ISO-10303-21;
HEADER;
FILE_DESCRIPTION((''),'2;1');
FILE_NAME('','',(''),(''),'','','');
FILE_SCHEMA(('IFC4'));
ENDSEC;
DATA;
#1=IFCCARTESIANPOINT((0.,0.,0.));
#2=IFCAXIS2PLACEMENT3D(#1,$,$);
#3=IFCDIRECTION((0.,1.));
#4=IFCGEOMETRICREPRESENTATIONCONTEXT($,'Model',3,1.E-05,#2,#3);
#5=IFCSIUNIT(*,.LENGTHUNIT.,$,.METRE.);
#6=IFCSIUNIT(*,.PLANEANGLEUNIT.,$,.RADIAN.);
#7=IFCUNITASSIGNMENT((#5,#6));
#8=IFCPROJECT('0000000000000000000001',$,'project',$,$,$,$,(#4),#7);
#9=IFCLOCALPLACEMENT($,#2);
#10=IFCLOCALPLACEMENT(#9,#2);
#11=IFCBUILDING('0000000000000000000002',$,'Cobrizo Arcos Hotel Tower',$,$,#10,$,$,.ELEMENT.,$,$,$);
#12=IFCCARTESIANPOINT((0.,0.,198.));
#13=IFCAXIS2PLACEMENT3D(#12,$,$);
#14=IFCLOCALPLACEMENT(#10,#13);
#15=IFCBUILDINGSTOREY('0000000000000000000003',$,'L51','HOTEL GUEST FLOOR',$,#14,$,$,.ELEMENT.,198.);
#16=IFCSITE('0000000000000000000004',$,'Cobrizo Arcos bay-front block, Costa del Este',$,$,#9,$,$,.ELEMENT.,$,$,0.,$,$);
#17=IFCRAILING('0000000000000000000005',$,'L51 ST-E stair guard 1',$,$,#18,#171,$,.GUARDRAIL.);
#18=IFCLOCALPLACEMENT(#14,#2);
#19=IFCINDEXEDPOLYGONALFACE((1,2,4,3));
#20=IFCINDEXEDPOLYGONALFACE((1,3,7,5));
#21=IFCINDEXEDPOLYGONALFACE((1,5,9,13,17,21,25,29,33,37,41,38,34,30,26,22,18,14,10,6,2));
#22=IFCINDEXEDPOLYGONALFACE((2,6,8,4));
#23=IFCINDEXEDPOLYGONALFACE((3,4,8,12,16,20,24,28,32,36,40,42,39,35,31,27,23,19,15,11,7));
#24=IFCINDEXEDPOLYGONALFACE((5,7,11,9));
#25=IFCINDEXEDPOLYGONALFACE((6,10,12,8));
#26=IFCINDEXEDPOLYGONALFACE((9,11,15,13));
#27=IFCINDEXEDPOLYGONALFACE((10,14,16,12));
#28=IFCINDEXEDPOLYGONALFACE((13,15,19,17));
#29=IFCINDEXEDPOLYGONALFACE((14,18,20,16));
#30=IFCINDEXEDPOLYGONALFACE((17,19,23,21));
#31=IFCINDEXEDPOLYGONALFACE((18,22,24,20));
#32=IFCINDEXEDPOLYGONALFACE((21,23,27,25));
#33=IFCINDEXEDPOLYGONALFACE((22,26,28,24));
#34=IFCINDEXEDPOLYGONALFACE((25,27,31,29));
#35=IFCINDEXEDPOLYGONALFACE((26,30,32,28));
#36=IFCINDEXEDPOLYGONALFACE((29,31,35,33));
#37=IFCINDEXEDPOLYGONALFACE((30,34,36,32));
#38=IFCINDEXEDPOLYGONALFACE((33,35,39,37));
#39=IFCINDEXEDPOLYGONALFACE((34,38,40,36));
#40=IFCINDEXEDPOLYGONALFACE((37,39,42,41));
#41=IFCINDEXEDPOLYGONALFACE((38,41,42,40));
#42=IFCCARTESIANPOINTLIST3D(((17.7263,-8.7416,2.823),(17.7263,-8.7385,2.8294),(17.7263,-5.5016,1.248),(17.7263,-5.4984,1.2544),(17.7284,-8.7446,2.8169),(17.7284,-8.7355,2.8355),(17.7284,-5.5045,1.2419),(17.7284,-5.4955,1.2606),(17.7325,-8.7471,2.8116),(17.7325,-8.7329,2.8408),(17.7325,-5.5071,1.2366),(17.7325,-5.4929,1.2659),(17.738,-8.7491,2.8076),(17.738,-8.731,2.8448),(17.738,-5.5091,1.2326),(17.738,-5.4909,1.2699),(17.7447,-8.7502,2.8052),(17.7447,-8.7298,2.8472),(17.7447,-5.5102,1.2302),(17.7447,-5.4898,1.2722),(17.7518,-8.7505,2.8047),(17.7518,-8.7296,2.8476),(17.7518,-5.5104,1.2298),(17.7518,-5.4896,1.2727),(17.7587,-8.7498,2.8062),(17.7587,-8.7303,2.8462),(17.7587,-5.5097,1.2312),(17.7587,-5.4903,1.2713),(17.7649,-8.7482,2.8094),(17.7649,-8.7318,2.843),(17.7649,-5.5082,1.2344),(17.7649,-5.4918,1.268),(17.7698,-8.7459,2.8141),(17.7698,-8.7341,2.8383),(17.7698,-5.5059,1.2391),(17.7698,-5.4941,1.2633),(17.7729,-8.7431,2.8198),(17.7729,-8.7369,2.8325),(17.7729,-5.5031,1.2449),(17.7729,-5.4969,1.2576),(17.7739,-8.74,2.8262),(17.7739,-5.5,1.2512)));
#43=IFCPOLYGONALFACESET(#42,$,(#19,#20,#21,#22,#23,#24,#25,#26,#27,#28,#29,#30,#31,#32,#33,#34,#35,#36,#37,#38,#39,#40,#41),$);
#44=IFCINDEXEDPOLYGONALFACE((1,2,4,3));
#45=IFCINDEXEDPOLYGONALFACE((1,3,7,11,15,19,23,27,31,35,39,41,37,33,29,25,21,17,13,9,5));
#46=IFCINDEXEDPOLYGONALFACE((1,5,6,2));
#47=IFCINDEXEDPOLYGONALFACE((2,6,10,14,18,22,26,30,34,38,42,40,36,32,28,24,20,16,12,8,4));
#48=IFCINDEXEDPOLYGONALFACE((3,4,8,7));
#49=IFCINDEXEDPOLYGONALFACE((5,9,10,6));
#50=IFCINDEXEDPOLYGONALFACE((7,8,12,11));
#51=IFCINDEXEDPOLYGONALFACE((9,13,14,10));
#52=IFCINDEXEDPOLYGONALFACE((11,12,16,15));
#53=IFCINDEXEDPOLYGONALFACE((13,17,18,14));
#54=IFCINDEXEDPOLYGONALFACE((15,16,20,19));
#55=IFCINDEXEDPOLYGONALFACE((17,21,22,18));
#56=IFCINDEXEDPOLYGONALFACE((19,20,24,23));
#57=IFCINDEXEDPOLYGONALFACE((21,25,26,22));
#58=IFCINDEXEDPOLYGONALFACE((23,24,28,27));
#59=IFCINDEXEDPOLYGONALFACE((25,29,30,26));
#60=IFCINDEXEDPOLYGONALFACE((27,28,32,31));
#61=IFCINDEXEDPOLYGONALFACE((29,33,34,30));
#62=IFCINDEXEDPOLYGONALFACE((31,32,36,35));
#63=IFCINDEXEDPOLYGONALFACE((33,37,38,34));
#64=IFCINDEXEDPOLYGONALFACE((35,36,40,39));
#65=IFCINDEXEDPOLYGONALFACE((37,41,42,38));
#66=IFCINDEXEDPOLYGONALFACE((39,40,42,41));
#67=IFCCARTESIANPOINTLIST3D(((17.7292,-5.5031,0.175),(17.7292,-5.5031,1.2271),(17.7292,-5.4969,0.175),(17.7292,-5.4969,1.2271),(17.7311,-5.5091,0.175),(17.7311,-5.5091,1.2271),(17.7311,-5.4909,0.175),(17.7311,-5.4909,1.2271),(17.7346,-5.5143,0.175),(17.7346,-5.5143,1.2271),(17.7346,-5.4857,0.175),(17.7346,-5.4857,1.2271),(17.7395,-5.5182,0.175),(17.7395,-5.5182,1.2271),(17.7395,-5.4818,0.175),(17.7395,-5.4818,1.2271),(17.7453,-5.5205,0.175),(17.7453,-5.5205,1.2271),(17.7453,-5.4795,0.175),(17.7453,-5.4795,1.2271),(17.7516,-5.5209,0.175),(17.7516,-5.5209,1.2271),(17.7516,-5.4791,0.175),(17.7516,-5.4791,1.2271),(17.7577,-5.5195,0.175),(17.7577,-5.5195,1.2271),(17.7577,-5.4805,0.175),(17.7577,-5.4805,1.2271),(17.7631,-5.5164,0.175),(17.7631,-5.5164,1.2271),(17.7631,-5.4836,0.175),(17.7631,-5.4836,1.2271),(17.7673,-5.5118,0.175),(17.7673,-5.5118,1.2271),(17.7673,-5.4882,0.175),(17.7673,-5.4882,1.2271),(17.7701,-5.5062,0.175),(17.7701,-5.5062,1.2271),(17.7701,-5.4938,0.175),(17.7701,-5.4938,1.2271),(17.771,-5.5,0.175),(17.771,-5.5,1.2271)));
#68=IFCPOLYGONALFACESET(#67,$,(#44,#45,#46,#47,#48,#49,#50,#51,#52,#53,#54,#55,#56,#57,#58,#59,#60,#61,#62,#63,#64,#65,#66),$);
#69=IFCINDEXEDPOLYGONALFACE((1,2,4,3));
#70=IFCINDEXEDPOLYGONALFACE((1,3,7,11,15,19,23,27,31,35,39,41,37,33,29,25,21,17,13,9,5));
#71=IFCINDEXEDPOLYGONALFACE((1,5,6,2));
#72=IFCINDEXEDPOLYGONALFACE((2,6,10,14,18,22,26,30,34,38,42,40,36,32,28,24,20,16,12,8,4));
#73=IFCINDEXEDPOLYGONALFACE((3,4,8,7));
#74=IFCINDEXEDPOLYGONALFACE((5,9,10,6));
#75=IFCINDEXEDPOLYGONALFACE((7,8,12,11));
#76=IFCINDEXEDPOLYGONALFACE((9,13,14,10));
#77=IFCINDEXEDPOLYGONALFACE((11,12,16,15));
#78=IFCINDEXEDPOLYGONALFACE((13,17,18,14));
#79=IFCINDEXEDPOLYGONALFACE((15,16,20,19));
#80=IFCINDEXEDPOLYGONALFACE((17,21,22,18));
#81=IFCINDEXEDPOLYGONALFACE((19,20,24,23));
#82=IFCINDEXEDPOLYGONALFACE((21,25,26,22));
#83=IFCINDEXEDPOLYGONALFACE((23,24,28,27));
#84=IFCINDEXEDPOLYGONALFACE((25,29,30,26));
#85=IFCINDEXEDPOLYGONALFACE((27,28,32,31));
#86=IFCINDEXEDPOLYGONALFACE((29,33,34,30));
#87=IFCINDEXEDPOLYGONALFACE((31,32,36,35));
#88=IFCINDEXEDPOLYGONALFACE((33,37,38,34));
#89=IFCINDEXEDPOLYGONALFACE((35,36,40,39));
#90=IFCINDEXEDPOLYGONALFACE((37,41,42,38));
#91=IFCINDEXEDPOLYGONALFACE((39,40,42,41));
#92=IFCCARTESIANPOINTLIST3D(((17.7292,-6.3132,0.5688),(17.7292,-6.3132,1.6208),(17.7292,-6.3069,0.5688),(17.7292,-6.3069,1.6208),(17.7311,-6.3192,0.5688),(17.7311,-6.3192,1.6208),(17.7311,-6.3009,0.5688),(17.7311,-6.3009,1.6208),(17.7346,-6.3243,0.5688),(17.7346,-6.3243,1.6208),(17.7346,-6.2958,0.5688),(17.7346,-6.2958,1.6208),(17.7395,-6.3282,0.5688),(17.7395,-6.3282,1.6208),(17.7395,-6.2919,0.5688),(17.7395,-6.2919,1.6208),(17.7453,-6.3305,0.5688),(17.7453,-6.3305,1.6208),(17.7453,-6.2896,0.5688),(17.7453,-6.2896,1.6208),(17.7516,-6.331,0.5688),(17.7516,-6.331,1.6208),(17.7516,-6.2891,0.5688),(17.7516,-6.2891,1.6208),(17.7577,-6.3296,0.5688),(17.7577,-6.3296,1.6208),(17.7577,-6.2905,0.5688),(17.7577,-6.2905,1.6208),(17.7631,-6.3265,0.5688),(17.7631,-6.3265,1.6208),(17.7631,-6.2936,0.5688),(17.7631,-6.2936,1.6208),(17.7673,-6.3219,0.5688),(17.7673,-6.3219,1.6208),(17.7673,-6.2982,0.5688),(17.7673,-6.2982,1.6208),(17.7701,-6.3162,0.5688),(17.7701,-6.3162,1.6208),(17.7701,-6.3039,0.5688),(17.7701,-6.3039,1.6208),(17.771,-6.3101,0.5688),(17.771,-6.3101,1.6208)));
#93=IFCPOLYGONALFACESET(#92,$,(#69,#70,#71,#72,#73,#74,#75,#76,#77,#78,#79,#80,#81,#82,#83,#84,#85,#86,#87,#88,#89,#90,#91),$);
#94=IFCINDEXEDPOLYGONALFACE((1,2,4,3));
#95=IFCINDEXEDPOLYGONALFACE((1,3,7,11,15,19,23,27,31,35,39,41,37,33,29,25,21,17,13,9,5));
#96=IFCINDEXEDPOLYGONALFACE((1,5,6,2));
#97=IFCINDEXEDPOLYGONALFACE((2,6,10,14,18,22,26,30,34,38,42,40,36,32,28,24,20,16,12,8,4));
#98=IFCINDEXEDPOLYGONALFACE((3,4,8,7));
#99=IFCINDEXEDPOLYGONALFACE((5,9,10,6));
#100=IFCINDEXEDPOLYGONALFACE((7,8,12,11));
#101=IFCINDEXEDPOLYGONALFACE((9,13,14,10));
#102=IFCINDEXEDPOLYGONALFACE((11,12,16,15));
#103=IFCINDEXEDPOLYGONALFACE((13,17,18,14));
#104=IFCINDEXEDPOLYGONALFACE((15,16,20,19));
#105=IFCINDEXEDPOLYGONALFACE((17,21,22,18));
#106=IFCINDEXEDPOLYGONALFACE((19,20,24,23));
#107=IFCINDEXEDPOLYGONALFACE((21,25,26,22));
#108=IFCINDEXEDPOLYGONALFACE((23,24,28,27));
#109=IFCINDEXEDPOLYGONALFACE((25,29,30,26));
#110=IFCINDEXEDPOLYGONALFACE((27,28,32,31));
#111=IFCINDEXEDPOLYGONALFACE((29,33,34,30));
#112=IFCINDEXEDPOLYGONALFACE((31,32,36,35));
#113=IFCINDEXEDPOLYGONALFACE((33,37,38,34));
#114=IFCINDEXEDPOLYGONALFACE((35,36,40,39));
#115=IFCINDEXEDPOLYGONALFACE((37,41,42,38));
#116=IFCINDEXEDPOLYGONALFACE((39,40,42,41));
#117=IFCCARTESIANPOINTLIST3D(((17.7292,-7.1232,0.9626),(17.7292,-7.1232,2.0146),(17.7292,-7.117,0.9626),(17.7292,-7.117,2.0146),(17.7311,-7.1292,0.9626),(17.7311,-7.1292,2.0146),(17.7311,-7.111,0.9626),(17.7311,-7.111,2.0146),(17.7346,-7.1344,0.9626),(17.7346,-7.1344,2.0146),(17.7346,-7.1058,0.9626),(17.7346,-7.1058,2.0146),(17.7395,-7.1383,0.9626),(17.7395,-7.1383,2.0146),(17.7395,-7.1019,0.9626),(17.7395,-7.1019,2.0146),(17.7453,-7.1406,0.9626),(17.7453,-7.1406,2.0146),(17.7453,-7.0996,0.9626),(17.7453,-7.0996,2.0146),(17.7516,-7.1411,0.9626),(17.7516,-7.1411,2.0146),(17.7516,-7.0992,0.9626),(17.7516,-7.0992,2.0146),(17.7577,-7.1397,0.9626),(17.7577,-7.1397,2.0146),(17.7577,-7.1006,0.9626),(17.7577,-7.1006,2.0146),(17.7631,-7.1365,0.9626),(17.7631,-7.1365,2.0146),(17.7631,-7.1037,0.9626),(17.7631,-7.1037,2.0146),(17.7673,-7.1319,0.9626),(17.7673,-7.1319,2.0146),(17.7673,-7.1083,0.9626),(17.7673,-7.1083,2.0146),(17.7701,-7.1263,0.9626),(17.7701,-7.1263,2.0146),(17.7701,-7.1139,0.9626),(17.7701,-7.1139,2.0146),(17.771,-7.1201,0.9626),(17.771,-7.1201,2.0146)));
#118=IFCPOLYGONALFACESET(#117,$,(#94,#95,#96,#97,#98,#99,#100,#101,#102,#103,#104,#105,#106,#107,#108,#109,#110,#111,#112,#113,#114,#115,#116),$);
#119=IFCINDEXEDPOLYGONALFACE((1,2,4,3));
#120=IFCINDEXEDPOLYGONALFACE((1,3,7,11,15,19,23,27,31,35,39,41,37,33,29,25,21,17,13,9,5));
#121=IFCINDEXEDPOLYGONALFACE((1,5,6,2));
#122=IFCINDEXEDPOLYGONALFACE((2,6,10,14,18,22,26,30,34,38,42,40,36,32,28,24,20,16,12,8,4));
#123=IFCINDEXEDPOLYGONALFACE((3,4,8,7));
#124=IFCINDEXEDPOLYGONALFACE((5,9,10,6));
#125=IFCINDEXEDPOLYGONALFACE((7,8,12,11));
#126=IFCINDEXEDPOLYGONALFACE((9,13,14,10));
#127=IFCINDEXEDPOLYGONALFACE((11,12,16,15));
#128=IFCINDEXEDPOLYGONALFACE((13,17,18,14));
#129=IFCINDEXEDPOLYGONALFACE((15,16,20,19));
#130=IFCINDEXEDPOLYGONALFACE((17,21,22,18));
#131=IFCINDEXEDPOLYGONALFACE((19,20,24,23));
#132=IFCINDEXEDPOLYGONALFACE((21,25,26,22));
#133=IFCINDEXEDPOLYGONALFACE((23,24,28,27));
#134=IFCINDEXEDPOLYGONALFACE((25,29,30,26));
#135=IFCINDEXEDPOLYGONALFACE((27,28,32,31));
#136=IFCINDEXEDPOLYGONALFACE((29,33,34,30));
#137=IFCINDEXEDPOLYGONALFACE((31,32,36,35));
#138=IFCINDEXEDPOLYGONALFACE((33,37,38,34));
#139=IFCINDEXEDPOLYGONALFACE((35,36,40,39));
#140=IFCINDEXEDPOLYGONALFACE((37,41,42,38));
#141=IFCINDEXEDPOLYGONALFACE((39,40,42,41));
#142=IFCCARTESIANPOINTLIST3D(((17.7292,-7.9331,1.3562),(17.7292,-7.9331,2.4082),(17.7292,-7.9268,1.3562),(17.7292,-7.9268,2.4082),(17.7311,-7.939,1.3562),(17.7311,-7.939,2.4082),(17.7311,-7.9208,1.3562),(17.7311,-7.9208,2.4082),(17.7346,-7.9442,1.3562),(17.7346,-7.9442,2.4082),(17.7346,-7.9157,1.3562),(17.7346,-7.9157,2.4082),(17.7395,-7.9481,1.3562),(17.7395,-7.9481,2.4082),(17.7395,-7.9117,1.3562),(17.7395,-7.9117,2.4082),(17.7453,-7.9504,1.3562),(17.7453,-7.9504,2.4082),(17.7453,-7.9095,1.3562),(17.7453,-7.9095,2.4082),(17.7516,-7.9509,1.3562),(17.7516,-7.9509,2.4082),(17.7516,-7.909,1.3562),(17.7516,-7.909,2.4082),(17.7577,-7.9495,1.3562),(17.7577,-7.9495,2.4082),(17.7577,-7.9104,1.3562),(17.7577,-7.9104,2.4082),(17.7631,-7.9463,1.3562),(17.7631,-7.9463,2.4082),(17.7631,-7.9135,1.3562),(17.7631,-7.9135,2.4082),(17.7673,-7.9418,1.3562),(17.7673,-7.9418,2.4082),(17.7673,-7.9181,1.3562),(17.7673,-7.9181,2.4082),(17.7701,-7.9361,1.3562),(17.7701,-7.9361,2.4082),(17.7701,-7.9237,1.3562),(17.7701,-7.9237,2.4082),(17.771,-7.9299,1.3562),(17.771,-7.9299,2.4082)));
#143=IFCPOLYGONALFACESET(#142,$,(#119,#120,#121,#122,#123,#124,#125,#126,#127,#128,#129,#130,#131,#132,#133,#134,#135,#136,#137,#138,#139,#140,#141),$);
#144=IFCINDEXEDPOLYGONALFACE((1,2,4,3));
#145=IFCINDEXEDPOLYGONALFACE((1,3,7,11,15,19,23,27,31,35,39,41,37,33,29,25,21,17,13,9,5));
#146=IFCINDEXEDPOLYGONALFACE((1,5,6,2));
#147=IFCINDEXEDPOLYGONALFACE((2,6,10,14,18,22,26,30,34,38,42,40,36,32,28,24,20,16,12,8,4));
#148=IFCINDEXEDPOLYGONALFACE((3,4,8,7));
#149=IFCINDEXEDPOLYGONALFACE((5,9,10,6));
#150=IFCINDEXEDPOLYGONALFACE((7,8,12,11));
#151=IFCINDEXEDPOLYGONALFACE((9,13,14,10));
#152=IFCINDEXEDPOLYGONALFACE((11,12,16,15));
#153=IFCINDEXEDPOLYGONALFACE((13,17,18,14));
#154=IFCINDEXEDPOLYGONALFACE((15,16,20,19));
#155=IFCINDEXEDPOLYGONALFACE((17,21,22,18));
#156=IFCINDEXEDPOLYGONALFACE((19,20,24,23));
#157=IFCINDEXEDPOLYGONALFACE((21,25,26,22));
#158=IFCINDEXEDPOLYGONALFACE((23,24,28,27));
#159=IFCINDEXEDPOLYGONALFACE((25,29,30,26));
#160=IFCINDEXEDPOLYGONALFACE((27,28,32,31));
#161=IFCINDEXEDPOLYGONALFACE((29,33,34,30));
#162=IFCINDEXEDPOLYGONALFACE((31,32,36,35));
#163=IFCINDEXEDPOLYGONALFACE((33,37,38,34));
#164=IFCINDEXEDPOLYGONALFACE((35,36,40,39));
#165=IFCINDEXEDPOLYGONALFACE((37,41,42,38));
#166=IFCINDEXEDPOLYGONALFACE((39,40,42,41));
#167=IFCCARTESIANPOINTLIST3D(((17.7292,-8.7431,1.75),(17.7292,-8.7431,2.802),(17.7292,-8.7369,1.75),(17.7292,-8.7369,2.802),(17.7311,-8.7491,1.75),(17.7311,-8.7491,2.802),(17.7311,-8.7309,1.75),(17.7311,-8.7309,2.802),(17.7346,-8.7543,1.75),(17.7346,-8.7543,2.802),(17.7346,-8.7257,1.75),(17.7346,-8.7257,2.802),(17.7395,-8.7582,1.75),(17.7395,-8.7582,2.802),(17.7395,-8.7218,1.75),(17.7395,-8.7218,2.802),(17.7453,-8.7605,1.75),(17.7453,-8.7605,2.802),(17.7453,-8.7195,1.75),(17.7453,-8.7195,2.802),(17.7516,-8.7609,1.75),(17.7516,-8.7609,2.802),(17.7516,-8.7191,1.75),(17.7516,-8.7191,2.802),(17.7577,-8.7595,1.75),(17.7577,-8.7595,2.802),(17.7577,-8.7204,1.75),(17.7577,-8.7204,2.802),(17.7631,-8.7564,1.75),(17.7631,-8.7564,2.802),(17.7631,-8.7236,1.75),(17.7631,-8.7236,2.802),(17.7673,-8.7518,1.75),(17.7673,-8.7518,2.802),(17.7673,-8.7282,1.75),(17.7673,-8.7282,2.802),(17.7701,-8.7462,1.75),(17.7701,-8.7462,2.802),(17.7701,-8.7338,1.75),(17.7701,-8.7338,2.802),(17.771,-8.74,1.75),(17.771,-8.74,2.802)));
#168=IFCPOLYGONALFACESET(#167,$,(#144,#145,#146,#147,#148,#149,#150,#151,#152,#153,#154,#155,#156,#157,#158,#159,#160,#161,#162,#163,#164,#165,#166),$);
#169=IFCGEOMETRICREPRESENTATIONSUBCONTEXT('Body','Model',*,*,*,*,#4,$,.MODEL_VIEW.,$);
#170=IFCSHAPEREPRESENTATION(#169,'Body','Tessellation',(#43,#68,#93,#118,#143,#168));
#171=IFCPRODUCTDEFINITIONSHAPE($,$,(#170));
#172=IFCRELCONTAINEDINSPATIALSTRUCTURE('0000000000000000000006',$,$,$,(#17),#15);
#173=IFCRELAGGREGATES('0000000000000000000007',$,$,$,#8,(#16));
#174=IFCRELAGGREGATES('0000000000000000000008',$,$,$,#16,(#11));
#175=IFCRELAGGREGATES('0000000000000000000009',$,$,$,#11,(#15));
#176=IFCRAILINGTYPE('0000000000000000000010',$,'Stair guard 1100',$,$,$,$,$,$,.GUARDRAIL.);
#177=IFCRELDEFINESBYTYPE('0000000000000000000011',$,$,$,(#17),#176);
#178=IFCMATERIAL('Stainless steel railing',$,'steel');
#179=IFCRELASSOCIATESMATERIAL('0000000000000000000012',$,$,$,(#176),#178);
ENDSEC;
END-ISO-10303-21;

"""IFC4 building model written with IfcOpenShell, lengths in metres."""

from ifc_helpers import new_model, si_unit, direction, frame, origin, origin_2d, place, context, subcontext, project, spatial, circle, extrude, material, type_object, element, save


model = new_model("IFC4")

# Units and contexts
model_context = context("Model", 3, precision=1e-05, world=origin(), true_north=direction((0.0, 1.0)))
body_context = subcontext(model_context, "Body", "Model", "MODEL_VIEW")
ifc_project = project(units=[si_unit("LENGTHUNIT", "METRE"), si_unit("PLANEANGLEUNIT", "RADIAN")], contexts=[model_context])

# Site, building, storey
site_placement = place(None, origin())
site = spatial("IfcSite", under=ifc_project, at=site_placement, Name="Cobrizo Arcos bay-front block, Costa del Este", CompositionType="ELEMENT", RefElevation=0.0)
building_placement = place(site_placement, origin())
building = spatial("IfcBuilding", under=site, at=building_placement, Name="Cobrizo Arcos Hotel Tower", CompositionType="ELEMENT")
storey_placement = place(building_placement, frame((0.0, 0.0, 198.0)))
storey = spatial("IfcBuildingStorey", under=building, at=storey_placement, Name="L51", Description="HOTEL GUEST FLOOR", CompositionType="ELEMENT", Elevation=198.0)

# Railing
ifc_material_1 = material(Name="Stainless steel railing", Category="steel")
railing_type_1 = type_object("IfcRailingType", Name="Stair guard 1100", PredefinedType="GUARDRAIL", material=ifc_material_1)
railing_1_placement = place(storey_placement, frame((17.75, -5.5, 0.175)))
element("IfcRailing", 1, at=railing_1_placement, inside=storey, type_object=railing_type_1, Name="L51 ST-E stair guard 1", PredefinedType="GUARDRAIL", context=body_context, shape_type="SweptSolid", body=[
    extrude(circle(Radius=0.0239, at=origin_2d()), frame((0.0, 0.0, 1.0762), z_axis=(0.0, -0.899373, 0.437183), x_axis=(1.0, 0.0, 0.0)), (0.0, 0.0, 1.0), 3.6025),
    extrude(circle(Radius=0.021, at=origin_2d()), origin(), (0.0, 0.0, 1.0), 1.052),
    extrude(circle(Radius=0.021, at=origin_2d()), frame((0.0, -0.8101, 0.3938)), (0.0, 0.0, 1.0), 1.052),
    extrude(circle(Radius=0.021, at=origin_2d()), frame((0.0, -1.6201, 0.7876)), (0.0, 0.0, 1.0), 1.052),
    extrude(circle(Radius=0.021, at=origin_2d()), frame((0.0, -2.4299, 1.1812)), (0.0, 0.0, 1.0), 1.052),
    extrude(circle(Radius=0.021, at=origin_2d()), frame((0.0, -3.24, 1.575)), (0.0, 0.0, 1.0), 1.052),
])

save(model, "model.ifc")
